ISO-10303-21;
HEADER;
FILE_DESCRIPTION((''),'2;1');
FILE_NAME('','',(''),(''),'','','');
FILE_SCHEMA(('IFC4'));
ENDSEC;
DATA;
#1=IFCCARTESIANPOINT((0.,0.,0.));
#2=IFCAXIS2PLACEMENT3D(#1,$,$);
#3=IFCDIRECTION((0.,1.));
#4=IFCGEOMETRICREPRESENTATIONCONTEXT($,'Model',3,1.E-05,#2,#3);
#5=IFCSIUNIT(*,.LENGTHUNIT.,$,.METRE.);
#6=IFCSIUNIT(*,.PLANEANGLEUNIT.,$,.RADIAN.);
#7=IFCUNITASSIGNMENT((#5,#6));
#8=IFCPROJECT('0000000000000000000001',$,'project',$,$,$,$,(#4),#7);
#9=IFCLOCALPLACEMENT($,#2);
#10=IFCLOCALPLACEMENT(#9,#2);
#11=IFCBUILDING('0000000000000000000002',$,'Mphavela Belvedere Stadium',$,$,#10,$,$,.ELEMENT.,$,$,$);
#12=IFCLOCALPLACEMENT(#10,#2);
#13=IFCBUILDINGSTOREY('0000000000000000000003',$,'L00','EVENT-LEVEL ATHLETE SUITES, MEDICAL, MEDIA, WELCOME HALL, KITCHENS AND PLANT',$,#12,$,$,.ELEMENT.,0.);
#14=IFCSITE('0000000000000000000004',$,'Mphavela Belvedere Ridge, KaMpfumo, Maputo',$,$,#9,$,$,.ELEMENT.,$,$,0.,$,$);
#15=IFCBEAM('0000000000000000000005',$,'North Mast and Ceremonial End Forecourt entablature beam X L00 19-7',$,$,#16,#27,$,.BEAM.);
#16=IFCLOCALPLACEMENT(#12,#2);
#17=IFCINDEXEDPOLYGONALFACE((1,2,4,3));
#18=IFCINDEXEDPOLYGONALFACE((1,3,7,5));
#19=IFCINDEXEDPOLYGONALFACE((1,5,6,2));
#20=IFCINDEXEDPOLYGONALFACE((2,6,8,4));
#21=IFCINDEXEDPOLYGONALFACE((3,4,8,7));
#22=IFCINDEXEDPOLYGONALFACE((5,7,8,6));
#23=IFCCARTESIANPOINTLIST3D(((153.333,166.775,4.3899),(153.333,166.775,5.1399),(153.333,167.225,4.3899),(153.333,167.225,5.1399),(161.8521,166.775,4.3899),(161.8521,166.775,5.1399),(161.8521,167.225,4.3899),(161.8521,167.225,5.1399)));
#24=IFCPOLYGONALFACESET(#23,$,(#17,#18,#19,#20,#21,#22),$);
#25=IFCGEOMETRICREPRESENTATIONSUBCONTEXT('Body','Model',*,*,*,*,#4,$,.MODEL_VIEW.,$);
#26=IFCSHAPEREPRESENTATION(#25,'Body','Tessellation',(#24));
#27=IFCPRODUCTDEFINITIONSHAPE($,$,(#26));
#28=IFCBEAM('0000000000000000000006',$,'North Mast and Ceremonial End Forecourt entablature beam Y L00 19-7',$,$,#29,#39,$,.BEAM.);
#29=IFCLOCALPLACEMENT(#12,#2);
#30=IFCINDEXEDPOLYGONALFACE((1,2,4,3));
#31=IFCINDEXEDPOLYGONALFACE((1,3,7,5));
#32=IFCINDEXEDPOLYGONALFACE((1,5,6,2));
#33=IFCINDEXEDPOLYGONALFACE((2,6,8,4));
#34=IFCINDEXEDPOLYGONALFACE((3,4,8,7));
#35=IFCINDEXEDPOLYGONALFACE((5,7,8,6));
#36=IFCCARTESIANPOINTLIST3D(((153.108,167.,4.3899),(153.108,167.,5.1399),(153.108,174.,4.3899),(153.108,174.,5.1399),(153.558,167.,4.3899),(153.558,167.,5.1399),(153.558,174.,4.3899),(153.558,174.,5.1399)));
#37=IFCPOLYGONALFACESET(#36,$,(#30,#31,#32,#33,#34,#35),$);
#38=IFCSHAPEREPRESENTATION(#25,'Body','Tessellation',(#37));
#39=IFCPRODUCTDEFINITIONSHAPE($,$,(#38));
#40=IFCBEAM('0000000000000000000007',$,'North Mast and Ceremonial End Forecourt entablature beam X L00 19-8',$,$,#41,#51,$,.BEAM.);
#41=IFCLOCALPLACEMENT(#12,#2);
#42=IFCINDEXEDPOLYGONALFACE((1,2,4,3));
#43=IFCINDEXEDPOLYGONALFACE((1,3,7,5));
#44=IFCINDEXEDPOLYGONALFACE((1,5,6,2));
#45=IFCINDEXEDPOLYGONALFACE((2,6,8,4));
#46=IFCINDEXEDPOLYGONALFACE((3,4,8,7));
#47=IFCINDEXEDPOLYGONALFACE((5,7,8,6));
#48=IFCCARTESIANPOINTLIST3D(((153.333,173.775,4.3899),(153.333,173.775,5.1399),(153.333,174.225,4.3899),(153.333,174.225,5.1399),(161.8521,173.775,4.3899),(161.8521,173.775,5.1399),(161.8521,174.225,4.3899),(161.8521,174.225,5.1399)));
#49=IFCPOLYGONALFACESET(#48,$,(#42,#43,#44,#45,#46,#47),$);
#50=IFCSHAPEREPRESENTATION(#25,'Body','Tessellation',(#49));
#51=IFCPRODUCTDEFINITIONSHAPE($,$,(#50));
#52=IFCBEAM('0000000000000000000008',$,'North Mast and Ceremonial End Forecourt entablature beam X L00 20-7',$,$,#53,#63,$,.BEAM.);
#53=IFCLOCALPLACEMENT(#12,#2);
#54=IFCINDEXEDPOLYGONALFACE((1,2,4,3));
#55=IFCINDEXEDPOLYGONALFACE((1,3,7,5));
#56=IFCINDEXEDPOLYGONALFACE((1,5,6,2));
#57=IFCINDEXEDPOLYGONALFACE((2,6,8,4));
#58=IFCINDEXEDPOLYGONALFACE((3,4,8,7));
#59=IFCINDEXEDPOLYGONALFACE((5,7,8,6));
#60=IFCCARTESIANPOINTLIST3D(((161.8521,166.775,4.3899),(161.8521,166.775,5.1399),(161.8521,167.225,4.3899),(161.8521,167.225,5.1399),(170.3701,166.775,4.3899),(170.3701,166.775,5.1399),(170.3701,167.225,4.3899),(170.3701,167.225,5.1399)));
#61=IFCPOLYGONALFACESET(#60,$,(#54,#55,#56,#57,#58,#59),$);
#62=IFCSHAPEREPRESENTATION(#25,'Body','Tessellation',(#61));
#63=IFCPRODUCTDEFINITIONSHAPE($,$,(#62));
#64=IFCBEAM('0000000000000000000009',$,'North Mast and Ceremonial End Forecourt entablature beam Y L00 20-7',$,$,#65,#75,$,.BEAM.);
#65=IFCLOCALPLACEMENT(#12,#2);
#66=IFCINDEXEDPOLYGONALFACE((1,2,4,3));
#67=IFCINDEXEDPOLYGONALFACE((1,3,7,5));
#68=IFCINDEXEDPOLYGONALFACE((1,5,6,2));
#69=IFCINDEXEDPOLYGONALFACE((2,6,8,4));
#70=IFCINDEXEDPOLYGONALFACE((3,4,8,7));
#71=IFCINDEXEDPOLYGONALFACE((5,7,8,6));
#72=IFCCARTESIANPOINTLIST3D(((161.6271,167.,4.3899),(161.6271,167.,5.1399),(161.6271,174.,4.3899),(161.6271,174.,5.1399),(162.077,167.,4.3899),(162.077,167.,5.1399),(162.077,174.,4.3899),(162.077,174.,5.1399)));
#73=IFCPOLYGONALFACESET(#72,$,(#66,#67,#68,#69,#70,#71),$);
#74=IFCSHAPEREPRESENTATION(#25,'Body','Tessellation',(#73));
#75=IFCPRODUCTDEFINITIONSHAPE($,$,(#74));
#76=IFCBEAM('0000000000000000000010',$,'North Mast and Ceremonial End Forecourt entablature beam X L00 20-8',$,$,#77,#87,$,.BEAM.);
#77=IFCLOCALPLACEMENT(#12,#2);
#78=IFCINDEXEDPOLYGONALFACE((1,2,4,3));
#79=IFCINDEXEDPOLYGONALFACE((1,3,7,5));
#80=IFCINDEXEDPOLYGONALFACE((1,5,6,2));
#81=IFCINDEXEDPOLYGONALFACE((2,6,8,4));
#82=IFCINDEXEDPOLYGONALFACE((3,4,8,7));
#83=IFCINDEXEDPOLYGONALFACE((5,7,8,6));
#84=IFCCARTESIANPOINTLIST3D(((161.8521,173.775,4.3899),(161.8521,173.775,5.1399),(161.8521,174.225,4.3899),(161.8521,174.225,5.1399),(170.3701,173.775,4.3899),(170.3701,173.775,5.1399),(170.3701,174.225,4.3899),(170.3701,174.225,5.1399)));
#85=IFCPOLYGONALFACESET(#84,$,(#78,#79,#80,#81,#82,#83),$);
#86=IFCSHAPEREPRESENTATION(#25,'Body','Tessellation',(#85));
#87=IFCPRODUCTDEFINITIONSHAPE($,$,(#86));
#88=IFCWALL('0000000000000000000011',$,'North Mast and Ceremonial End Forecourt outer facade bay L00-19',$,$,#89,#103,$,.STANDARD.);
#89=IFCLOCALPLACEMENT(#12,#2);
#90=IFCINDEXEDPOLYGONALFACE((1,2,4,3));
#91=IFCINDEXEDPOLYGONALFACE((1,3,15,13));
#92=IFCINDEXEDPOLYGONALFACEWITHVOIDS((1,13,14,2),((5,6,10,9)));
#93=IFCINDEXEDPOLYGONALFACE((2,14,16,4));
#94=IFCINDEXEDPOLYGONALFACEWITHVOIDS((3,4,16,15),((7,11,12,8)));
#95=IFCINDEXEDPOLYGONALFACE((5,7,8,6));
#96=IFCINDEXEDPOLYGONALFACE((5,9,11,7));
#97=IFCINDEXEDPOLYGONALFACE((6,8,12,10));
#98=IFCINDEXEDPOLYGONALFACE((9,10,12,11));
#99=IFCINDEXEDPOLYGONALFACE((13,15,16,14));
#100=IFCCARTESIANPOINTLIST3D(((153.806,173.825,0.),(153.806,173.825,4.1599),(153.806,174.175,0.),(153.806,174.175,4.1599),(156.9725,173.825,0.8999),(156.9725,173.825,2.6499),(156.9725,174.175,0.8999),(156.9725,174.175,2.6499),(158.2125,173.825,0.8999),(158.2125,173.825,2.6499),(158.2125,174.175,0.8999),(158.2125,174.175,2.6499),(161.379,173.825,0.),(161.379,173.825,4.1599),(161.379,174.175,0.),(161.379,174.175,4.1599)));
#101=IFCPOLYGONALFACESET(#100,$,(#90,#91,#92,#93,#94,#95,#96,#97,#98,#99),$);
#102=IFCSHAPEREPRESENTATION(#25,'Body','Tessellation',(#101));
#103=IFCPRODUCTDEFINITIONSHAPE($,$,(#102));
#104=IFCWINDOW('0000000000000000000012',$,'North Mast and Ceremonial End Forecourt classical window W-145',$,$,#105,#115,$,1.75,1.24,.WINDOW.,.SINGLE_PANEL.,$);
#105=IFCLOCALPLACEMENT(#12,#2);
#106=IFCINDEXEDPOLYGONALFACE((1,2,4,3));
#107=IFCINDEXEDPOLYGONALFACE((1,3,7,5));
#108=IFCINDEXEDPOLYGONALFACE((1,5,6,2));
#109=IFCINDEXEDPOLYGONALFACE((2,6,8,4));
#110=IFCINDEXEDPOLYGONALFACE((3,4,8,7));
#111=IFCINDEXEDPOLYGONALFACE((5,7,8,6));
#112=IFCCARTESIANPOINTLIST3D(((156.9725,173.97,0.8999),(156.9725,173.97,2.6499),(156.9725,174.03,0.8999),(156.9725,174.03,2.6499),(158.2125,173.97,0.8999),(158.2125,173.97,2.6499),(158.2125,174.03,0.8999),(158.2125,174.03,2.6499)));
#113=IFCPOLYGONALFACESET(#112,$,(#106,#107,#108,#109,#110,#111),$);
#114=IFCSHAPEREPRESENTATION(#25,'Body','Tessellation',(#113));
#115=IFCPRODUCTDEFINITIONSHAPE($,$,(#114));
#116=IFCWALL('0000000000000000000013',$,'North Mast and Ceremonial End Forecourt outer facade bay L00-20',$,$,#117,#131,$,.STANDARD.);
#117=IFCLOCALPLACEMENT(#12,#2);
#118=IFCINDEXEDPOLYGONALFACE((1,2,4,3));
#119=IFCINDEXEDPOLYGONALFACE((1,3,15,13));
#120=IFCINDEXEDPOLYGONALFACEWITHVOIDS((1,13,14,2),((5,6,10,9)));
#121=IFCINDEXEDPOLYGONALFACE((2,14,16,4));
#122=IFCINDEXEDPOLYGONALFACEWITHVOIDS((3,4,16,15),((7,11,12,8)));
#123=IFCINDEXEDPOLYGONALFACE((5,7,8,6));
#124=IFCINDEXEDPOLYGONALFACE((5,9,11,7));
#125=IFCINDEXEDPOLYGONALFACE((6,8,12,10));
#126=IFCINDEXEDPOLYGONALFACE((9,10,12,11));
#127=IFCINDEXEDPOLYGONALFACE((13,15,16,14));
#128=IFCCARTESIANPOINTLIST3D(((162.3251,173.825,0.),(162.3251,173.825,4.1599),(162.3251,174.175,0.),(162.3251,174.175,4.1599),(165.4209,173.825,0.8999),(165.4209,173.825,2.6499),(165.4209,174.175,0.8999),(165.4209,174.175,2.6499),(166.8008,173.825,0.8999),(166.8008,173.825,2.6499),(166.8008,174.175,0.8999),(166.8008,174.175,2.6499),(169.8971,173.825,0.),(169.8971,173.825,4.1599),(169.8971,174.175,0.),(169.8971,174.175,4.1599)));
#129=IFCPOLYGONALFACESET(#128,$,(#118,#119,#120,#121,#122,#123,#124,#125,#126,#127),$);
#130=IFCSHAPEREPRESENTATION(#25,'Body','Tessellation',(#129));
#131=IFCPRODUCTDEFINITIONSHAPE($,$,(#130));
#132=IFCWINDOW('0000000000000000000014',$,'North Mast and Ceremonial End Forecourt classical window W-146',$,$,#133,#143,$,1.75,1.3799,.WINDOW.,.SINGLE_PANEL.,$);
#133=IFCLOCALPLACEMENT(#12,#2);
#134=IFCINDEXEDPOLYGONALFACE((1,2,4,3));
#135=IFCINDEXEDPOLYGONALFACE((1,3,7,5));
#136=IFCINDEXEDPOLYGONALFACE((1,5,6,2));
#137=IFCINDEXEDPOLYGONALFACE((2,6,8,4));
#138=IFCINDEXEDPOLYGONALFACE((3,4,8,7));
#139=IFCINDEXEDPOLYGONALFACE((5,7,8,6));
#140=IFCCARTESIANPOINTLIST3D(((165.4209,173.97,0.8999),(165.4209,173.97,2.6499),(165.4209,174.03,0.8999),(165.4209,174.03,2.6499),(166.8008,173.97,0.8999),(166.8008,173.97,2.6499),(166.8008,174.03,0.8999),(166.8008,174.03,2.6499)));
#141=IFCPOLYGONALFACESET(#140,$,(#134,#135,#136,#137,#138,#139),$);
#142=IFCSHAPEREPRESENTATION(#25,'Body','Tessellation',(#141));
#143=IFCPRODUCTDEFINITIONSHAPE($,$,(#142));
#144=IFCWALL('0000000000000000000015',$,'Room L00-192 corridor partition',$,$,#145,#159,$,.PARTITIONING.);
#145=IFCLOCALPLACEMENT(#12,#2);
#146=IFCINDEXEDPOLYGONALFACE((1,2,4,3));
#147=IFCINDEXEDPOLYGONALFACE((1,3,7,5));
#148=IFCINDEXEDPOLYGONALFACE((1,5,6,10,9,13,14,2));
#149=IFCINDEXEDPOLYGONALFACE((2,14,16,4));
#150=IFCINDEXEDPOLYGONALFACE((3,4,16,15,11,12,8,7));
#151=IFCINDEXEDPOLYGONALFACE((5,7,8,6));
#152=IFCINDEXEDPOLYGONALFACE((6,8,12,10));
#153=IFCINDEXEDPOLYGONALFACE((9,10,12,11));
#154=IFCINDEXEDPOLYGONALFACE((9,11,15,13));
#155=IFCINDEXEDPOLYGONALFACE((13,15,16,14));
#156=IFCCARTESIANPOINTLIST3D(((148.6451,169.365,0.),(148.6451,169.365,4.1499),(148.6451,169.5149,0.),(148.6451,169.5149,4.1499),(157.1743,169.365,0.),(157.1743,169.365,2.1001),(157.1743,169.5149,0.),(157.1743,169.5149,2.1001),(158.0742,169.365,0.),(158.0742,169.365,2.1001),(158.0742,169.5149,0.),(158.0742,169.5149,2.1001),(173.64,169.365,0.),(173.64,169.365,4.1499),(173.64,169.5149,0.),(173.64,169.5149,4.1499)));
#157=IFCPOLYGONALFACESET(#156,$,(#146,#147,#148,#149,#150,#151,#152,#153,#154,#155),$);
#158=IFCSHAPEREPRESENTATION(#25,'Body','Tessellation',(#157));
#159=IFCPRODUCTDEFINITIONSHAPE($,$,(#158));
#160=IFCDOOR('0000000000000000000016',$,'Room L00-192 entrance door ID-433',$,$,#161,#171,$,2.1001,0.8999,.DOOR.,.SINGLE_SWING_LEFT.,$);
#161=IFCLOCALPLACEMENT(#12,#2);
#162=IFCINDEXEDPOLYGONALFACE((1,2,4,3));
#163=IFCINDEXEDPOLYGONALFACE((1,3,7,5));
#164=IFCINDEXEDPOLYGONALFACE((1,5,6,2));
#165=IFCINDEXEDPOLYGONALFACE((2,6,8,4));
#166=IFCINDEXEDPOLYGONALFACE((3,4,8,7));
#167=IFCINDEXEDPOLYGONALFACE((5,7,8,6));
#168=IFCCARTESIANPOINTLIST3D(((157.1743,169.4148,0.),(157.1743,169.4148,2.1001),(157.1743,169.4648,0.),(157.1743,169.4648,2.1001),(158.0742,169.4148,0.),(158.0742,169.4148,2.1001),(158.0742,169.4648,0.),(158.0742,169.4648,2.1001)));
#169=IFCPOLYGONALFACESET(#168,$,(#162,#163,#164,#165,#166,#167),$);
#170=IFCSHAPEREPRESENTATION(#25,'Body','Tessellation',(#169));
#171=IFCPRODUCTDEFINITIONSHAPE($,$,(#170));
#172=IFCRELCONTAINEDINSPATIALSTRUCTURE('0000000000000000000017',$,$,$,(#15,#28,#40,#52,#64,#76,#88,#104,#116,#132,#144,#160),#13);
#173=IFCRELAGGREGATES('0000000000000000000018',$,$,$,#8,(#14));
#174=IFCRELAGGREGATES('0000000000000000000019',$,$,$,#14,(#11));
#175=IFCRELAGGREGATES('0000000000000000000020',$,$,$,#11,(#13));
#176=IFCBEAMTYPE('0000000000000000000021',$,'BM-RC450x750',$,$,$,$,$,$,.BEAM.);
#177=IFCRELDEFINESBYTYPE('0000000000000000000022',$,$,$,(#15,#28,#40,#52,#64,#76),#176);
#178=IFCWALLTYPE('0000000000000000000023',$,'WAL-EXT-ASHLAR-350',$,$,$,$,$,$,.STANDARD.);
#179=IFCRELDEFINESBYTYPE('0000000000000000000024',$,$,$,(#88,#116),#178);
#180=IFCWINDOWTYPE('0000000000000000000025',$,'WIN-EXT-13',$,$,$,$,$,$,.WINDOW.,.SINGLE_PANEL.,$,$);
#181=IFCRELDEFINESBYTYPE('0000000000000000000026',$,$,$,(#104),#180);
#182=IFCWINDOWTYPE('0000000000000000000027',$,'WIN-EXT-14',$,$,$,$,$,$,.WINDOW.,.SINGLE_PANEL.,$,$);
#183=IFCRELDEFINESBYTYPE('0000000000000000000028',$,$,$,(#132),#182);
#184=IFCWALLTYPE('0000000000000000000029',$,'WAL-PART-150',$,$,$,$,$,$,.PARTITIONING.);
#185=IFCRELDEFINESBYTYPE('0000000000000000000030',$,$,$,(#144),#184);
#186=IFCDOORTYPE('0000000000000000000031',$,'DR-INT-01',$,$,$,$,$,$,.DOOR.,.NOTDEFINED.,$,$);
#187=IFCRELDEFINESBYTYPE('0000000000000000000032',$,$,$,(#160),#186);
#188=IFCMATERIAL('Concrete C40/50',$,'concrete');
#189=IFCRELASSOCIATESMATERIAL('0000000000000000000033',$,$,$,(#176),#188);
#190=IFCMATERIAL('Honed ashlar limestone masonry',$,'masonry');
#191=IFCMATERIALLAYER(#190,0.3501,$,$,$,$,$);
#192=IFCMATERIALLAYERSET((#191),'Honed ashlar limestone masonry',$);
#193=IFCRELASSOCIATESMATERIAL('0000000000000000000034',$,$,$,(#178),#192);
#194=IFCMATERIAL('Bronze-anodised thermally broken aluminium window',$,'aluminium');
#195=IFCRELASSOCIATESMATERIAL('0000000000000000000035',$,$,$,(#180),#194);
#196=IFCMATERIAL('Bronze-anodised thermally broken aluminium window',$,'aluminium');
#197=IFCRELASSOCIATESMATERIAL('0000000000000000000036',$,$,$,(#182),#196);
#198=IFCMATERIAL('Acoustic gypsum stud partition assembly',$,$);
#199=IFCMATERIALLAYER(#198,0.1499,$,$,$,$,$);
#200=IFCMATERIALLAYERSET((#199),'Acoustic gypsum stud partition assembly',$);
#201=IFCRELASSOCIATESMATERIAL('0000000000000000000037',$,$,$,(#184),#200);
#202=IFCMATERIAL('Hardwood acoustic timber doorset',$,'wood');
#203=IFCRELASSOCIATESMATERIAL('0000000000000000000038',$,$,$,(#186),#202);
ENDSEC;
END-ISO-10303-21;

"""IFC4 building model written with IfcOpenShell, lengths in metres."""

from ifc_helpers import new_model, si_unit, direction, frame, frame_2d, origin, origin_2d, place, context, subcontext, project, spatial, rectangle, extrude, material, layer, layer_set, material_profile, profile_set, type_object, element, fill, save


model = new_model("IFC4")

# Units and contexts
model_context = context("Model", 3, precision=1e-05, world=origin(), true_north=direction((0.0, 1.0)))
body_context = subcontext(model_context, "Body", "Model", "MODEL_VIEW")
ifc_project = project(units=[si_unit("LENGTHUNIT", "METRE"), si_unit("PLANEANGLEUNIT", "RADIAN")], contexts=[model_context])

# Site, building, storey
site_placement = place(None, origin())
site = spatial("IfcSite", under=ifc_project, at=site_placement, Name="Mphavela Belvedere Ridge, KaMpfumo, Maputo", CompositionType="ELEMENT", RefElevation=0.0)
building_placement = place(site_placement, origin())
building = spatial("IfcBuilding", under=site, at=building_placement, Name="Mphavela Belvedere Stadium", CompositionType="ELEMENT")
storey_placement = place(building_placement, origin())
storey = spatial("IfcBuildingStorey", under=building, at=storey_placement, Name="L00", Description="EVENT-LEVEL ATHLETE SUITES, MEDICAL, MEDIA, WELCOME HALL, KITCHENS AND PLANT", CompositionType="ELEMENT", Elevation=0.0)

# Beams
ifc_material_1 = material(Name="Concrete C40/50", Category="concrete")
ifc_material_profile_1 = material_profile(ifc_material_1, rectangle(XDim=0.45, YDim=0.75, at=origin_2d()), Name="RC 450x750")
ifc_profile_set_1 = profile_set([ifc_material_profile_1], Name="Concrete C40/50")
beam_type_1 = type_object("IfcBeamType", Name="BM-RC450x750", PredefinedType="BEAM", material=ifc_profile_set_1)
beam_1_placement = place(storey_placement, frame((153.333, 167.0, 4.7649), z_axis=(1.0, 0.0, 0.0), x_axis=(0.0, 1.0, 0.0)))
element("IfcBeam", 1, at=beam_1_placement, inside=storey, type_object=beam_type_1, Name="North Mast and Ceremonial End Forecourt entablature beam X L00 19-7", PredefinedType="BEAM", context=body_context, shape_type="SweptSolid", body=[
    extrude(rectangle(XDim=0.45, YDim=0.75, at=origin_2d()), origin(), (0.0, 0.0, 1.0), 8.519),
])
beam_2_placement = place(storey_placement, frame((153.333, 167.0, 4.7649), z_axis=(0.0, 1.0, 0.0), x_axis=(-1.0, 0.0, 0.0)))
element("IfcBeam", 2, at=beam_2_placement, inside=storey, type_object=beam_type_1, Name="North Mast and Ceremonial End Forecourt entablature beam Y L00 19-7", PredefinedType="BEAM", context=body_context, shape_type="SweptSolid", body=[
    extrude(rectangle(XDim=0.45, YDim=0.75, at=origin_2d()), origin(), (0.0, 0.0, 1.0), 7.0),
])
beam_3_placement = place(storey_placement, frame((153.333, 174.0, 4.7649), z_axis=(1.0, 0.0, 0.0), x_axis=(0.0, 1.0, 0.0)))
element("IfcBeam", 3, at=beam_3_placement, inside=storey, type_object=beam_type_1, Name="North Mast and Ceremonial End Forecourt entablature beam X L00 19-8", PredefinedType="BEAM", context=body_context, shape_type="SweptSolid", body=[
    extrude(rectangle(XDim=0.45, YDim=0.75, at=origin_2d()), origin(), (0.0, 0.0, 1.0), 8.519),
])
beam_4_placement = place(storey_placement, frame((161.8521, 167.0, 4.7649), z_axis=(1.0, 0.0, 0.0), x_axis=(0.0, 1.0, 0.0)))
element("IfcBeam", 4, at=beam_4_placement, inside=storey, type_object=beam_type_1, Name="North Mast and Ceremonial End Forecourt entablature beam X L00 20-7", PredefinedType="BEAM", context=body_context, shape_type="SweptSolid", body=[
    extrude(rectangle(XDim=0.45, YDim=0.75, at=origin_2d()), origin(), (0.0, 0.0, 1.0), 8.5181),
])
beam_5_placement = place(storey_placement, frame((161.8521, 167.0, 4.7649), z_axis=(0.0, 1.0, 0.0), x_axis=(-1.0, 0.0, 0.0)))
element("IfcBeam", 5, at=beam_5_placement, inside=storey, type_object=beam_type_1, Name="North Mast and Ceremonial End Forecourt entablature beam Y L00 20-7", PredefinedType="BEAM", context=body_context, shape_type="SweptSolid", body=[
    extrude(rectangle(XDim=0.45, YDim=0.75, at=origin_2d()), origin(), (0.0, 0.0, 1.0), 7.0),
])
beam_6_placement = place(storey_placement, frame((161.8521, 174.0, 4.7649), z_axis=(1.0, 0.0, 0.0), x_axis=(0.0, 1.0, 0.0)))
element("IfcBeam", 6, at=beam_6_placement, inside=storey, type_object=beam_type_1, Name="North Mast and Ceremonial End Forecourt entablature beam X L00 20-8", PredefinedType="BEAM", context=body_context, shape_type="SweptSolid", body=[
    extrude(rectangle(XDim=0.45, YDim=0.75, at=origin_2d()), origin(), (0.0, 0.0, 1.0), 8.5181),
])

# Walls, openings, windows
ifc_material_2 = material(Name="Honed ashlar limestone masonry", Category="masonry")
ifc_layer_1 = layer(ifc_material_2, 0.3501)
ifc_layer_set_1 = layer_set([ifc_layer_1], Name="Honed ashlar limestone masonry")
wall_type_1 = type_object("IfcWallType", Name="WAL-EXT-ASHLAR-350", PredefinedType="STANDARD", material=ifc_layer_set_1)
wall_1_placement = place(storey_placement, frame((153.8059, 174.0, 0.0), z_axis=(0.0, 0.0, 1.0), x_axis=(1.0, 0.0, 0.0)))
wall_1 = element("IfcWall", 7, at=wall_1_placement, inside=storey, type_object=wall_type_1, Name="North Mast and Ceremonial End Forecourt outer facade bay L00-19", PredefinedType="STANDARD", context=body_context, shape_type="SweptSolid", body=[
    extrude(rectangle(XDim=7.573, YDim=0.3501, at=frame_2d((3.7866, 0.0))), origin(), (0.0, 0.0, 1.0), 4.1599),
])
opening_1_placement = place(wall_1_placement, frame((3.1665, 0.0, 0.8999)))
opening_1 = element("IfcOpeningElement", 8, at=opening_1_placement, cuts=wall_1, PredefinedType="OPENING", context=body_context, shape_type="SweptSolid", body=[
    extrude(rectangle(XDim=1.24, YDim=1.75, at=frame_2d((0.6201, 0.875))), frame((0.0, 0.1851, 0.0), z_axis=(0.0, -1.0, 0.0), x_axis=(1.0, 0.0, 0.0)), (0.0, 0.0, 1.0), 0.3701),
])
ifc_material_3 = material(Name="Bronze-anodised thermally broken aluminium window", Category="aluminium")
window_type_1 = type_object("IfcWindowType", Name="WIN-EXT-13", PartitioningType="SINGLE_PANEL", PredefinedType="WINDOW", material=ifc_material_3)
window_1_placement = place(opening_1_placement, origin())
window_1 = element("IfcWindow", 9, at=window_1_placement, inside=storey, type_object=window_type_1, Name="North Mast and Ceremonial End Forecourt classical window W-145", OverallHeight=1.75, OverallWidth=1.24, PartitioningType="SINGLE_PANEL", PredefinedType="WINDOW", context=body_context, shape_type="SweptSolid", body=[
    extrude(rectangle(XDim=1.24, YDim=1.75, at=frame_2d((0.6201, 0.875))), frame((0.0, 0.03, 0.0), z_axis=(0.0, -1.0, 0.0), x_axis=(1.0, 0.0, 0.0)), (0.0, 0.0, 1.0), 0.0601),
])
fill(opening_1, window_1)
wall_2_placement = place(storey_placement, frame((162.325, 174.0, 0.0), z_axis=(0.0, 0.0, 1.0), x_axis=(1.0, 0.0, 0.0)))
wall_2 = element("IfcWall", 10, at=wall_2_placement, inside=storey, type_object=wall_type_1, Name="North Mast and Ceremonial End Forecourt outer facade bay L00-20", PredefinedType="STANDARD", context=body_context, shape_type="SweptSolid", body=[
    extrude(rectangle(XDim=7.572, YDim=0.3501, at=frame_2d((3.7861, 0.0))), origin(), (0.0, 0.0, 1.0), 4.1599),
])
opening_2_placement = place(wall_2_placement, frame((3.0959, 0.0, 0.8999)))
opening_2 = element("IfcOpeningElement", 11, at=opening_2_placement, cuts=wall_2, PredefinedType="OPENING", context=body_context, shape_type="SweptSolid", body=[
    extrude(rectangle(XDim=1.3799, YDim=1.75, at=frame_2d((0.6899, 0.875))), frame((0.0, 0.1851, 0.0), z_axis=(0.0, -1.0, 0.0), x_axis=(1.0, 0.0, 0.0)), (0.0, 0.0, 1.0), 0.3701),
])
ifc_material_4 = material(Name="Bronze-anodised thermally broken aluminium window", Category="aluminium")
window_type_2 = type_object("IfcWindowType", Name="WIN-EXT-14", PartitioningType="SINGLE_PANEL", PredefinedType="WINDOW", material=ifc_material_4)
window_2_placement = place(opening_2_placement, origin())
window_2 = element("IfcWindow", 12, at=window_2_placement, inside=storey, type_object=window_type_2, Name="North Mast and Ceremonial End Forecourt classical window W-146", OverallHeight=1.75, OverallWidth=1.3799, PartitioningType="SINGLE_PANEL", PredefinedType="WINDOW", context=body_context, shape_type="SweptSolid", body=[
    extrude(rectangle(XDim=1.3799, YDim=1.75, at=frame_2d((0.6899, 0.875))), frame((0.0, 0.03, 0.0), z_axis=(0.0, -1.0, 0.0), x_axis=(1.0, 0.0, 0.0)), (0.0, 0.0, 1.0), 0.0601),
])
fill(opening_2, window_2)

# Wall, opening, door
ifc_material_5 = material(Name="Acoustic gypsum stud partition assembly")
ifc_layer_2 = layer(ifc_material_5, 0.1499)
ifc_layer_set_2 = layer_set([ifc_layer_2], Name="Acoustic gypsum stud partition assembly")
wall_type_2 = type_object("IfcWallType", Name="WAL-PART-150", PredefinedType="PARTITIONING", material=ifc_layer_set_2)
wall_3_placement = place(storey_placement, frame((148.645, 169.4399, 0.0), z_axis=(0.0, 0.0, 1.0), x_axis=(1.0, 0.0, 0.0)))
wall_3 = element("IfcWall", 13, at=wall_3_placement, inside=storey, type_object=wall_type_2, Name="Room L00-192 corridor partition", PredefinedType="PARTITIONING", context=body_context, shape_type="SweptSolid", body=[
    extrude(rectangle(XDim=24.9949, YDim=0.1499, at=frame_2d((12.4976, 0.0))), origin(), (0.0, 0.0, 1.0), 4.1499),
])
opening_3_placement = place(wall_3_placement, frame((8.5293, 0.0, 0.0)))
opening_3 = element("IfcOpeningElement", 14, at=opening_3_placement, cuts=wall_3, PredefinedType="OPENING", context=body_context, shape_type="SweptSolid", body=[
    extrude(rectangle(XDim=0.8999, YDim=2.1001, at=frame_2d((0.45, 1.05))), frame((0.0, 0.085, 0.0), z_axis=(0.0, -1.0, 0.0), x_axis=(1.0, 0.0, 0.0)), (0.0, 0.0, 1.0), 0.1699),
])
ifc_material_6 = material(Name="Hardwood acoustic timber doorset", Category="wood")
door_type_1 = type_object("IfcDoorType", Name="DR-INT-01", OperationType="NOTDEFINED", PredefinedType="DOOR", material=ifc_material_6)
door_1_placement = place(opening_3_placement, origin())
door_1 = element("IfcDoor", 15, at=door_1_placement, inside=storey, type_object=door_type_1, Name="Room L00-192 entrance door ID-433", OperationType="SINGLE_SWING_LEFT", OverallHeight=2.1001, OverallWidth=0.8999, PredefinedType="DOOR", context=body_context, shape_type="SweptSolid", body=[
    extrude(rectangle(XDim=0.8999, YDim=2.1001, at=frame_2d((0.45, 1.05))), frame((0.0, 0.0249, 0.0), z_axis=(0.0, -1.0, 0.0), x_axis=(1.0, 0.0, 0.0)), (0.0, 0.0, 1.0), 0.05),
])
fill(opening_3, door_1)

save(model, "model.ifc")
